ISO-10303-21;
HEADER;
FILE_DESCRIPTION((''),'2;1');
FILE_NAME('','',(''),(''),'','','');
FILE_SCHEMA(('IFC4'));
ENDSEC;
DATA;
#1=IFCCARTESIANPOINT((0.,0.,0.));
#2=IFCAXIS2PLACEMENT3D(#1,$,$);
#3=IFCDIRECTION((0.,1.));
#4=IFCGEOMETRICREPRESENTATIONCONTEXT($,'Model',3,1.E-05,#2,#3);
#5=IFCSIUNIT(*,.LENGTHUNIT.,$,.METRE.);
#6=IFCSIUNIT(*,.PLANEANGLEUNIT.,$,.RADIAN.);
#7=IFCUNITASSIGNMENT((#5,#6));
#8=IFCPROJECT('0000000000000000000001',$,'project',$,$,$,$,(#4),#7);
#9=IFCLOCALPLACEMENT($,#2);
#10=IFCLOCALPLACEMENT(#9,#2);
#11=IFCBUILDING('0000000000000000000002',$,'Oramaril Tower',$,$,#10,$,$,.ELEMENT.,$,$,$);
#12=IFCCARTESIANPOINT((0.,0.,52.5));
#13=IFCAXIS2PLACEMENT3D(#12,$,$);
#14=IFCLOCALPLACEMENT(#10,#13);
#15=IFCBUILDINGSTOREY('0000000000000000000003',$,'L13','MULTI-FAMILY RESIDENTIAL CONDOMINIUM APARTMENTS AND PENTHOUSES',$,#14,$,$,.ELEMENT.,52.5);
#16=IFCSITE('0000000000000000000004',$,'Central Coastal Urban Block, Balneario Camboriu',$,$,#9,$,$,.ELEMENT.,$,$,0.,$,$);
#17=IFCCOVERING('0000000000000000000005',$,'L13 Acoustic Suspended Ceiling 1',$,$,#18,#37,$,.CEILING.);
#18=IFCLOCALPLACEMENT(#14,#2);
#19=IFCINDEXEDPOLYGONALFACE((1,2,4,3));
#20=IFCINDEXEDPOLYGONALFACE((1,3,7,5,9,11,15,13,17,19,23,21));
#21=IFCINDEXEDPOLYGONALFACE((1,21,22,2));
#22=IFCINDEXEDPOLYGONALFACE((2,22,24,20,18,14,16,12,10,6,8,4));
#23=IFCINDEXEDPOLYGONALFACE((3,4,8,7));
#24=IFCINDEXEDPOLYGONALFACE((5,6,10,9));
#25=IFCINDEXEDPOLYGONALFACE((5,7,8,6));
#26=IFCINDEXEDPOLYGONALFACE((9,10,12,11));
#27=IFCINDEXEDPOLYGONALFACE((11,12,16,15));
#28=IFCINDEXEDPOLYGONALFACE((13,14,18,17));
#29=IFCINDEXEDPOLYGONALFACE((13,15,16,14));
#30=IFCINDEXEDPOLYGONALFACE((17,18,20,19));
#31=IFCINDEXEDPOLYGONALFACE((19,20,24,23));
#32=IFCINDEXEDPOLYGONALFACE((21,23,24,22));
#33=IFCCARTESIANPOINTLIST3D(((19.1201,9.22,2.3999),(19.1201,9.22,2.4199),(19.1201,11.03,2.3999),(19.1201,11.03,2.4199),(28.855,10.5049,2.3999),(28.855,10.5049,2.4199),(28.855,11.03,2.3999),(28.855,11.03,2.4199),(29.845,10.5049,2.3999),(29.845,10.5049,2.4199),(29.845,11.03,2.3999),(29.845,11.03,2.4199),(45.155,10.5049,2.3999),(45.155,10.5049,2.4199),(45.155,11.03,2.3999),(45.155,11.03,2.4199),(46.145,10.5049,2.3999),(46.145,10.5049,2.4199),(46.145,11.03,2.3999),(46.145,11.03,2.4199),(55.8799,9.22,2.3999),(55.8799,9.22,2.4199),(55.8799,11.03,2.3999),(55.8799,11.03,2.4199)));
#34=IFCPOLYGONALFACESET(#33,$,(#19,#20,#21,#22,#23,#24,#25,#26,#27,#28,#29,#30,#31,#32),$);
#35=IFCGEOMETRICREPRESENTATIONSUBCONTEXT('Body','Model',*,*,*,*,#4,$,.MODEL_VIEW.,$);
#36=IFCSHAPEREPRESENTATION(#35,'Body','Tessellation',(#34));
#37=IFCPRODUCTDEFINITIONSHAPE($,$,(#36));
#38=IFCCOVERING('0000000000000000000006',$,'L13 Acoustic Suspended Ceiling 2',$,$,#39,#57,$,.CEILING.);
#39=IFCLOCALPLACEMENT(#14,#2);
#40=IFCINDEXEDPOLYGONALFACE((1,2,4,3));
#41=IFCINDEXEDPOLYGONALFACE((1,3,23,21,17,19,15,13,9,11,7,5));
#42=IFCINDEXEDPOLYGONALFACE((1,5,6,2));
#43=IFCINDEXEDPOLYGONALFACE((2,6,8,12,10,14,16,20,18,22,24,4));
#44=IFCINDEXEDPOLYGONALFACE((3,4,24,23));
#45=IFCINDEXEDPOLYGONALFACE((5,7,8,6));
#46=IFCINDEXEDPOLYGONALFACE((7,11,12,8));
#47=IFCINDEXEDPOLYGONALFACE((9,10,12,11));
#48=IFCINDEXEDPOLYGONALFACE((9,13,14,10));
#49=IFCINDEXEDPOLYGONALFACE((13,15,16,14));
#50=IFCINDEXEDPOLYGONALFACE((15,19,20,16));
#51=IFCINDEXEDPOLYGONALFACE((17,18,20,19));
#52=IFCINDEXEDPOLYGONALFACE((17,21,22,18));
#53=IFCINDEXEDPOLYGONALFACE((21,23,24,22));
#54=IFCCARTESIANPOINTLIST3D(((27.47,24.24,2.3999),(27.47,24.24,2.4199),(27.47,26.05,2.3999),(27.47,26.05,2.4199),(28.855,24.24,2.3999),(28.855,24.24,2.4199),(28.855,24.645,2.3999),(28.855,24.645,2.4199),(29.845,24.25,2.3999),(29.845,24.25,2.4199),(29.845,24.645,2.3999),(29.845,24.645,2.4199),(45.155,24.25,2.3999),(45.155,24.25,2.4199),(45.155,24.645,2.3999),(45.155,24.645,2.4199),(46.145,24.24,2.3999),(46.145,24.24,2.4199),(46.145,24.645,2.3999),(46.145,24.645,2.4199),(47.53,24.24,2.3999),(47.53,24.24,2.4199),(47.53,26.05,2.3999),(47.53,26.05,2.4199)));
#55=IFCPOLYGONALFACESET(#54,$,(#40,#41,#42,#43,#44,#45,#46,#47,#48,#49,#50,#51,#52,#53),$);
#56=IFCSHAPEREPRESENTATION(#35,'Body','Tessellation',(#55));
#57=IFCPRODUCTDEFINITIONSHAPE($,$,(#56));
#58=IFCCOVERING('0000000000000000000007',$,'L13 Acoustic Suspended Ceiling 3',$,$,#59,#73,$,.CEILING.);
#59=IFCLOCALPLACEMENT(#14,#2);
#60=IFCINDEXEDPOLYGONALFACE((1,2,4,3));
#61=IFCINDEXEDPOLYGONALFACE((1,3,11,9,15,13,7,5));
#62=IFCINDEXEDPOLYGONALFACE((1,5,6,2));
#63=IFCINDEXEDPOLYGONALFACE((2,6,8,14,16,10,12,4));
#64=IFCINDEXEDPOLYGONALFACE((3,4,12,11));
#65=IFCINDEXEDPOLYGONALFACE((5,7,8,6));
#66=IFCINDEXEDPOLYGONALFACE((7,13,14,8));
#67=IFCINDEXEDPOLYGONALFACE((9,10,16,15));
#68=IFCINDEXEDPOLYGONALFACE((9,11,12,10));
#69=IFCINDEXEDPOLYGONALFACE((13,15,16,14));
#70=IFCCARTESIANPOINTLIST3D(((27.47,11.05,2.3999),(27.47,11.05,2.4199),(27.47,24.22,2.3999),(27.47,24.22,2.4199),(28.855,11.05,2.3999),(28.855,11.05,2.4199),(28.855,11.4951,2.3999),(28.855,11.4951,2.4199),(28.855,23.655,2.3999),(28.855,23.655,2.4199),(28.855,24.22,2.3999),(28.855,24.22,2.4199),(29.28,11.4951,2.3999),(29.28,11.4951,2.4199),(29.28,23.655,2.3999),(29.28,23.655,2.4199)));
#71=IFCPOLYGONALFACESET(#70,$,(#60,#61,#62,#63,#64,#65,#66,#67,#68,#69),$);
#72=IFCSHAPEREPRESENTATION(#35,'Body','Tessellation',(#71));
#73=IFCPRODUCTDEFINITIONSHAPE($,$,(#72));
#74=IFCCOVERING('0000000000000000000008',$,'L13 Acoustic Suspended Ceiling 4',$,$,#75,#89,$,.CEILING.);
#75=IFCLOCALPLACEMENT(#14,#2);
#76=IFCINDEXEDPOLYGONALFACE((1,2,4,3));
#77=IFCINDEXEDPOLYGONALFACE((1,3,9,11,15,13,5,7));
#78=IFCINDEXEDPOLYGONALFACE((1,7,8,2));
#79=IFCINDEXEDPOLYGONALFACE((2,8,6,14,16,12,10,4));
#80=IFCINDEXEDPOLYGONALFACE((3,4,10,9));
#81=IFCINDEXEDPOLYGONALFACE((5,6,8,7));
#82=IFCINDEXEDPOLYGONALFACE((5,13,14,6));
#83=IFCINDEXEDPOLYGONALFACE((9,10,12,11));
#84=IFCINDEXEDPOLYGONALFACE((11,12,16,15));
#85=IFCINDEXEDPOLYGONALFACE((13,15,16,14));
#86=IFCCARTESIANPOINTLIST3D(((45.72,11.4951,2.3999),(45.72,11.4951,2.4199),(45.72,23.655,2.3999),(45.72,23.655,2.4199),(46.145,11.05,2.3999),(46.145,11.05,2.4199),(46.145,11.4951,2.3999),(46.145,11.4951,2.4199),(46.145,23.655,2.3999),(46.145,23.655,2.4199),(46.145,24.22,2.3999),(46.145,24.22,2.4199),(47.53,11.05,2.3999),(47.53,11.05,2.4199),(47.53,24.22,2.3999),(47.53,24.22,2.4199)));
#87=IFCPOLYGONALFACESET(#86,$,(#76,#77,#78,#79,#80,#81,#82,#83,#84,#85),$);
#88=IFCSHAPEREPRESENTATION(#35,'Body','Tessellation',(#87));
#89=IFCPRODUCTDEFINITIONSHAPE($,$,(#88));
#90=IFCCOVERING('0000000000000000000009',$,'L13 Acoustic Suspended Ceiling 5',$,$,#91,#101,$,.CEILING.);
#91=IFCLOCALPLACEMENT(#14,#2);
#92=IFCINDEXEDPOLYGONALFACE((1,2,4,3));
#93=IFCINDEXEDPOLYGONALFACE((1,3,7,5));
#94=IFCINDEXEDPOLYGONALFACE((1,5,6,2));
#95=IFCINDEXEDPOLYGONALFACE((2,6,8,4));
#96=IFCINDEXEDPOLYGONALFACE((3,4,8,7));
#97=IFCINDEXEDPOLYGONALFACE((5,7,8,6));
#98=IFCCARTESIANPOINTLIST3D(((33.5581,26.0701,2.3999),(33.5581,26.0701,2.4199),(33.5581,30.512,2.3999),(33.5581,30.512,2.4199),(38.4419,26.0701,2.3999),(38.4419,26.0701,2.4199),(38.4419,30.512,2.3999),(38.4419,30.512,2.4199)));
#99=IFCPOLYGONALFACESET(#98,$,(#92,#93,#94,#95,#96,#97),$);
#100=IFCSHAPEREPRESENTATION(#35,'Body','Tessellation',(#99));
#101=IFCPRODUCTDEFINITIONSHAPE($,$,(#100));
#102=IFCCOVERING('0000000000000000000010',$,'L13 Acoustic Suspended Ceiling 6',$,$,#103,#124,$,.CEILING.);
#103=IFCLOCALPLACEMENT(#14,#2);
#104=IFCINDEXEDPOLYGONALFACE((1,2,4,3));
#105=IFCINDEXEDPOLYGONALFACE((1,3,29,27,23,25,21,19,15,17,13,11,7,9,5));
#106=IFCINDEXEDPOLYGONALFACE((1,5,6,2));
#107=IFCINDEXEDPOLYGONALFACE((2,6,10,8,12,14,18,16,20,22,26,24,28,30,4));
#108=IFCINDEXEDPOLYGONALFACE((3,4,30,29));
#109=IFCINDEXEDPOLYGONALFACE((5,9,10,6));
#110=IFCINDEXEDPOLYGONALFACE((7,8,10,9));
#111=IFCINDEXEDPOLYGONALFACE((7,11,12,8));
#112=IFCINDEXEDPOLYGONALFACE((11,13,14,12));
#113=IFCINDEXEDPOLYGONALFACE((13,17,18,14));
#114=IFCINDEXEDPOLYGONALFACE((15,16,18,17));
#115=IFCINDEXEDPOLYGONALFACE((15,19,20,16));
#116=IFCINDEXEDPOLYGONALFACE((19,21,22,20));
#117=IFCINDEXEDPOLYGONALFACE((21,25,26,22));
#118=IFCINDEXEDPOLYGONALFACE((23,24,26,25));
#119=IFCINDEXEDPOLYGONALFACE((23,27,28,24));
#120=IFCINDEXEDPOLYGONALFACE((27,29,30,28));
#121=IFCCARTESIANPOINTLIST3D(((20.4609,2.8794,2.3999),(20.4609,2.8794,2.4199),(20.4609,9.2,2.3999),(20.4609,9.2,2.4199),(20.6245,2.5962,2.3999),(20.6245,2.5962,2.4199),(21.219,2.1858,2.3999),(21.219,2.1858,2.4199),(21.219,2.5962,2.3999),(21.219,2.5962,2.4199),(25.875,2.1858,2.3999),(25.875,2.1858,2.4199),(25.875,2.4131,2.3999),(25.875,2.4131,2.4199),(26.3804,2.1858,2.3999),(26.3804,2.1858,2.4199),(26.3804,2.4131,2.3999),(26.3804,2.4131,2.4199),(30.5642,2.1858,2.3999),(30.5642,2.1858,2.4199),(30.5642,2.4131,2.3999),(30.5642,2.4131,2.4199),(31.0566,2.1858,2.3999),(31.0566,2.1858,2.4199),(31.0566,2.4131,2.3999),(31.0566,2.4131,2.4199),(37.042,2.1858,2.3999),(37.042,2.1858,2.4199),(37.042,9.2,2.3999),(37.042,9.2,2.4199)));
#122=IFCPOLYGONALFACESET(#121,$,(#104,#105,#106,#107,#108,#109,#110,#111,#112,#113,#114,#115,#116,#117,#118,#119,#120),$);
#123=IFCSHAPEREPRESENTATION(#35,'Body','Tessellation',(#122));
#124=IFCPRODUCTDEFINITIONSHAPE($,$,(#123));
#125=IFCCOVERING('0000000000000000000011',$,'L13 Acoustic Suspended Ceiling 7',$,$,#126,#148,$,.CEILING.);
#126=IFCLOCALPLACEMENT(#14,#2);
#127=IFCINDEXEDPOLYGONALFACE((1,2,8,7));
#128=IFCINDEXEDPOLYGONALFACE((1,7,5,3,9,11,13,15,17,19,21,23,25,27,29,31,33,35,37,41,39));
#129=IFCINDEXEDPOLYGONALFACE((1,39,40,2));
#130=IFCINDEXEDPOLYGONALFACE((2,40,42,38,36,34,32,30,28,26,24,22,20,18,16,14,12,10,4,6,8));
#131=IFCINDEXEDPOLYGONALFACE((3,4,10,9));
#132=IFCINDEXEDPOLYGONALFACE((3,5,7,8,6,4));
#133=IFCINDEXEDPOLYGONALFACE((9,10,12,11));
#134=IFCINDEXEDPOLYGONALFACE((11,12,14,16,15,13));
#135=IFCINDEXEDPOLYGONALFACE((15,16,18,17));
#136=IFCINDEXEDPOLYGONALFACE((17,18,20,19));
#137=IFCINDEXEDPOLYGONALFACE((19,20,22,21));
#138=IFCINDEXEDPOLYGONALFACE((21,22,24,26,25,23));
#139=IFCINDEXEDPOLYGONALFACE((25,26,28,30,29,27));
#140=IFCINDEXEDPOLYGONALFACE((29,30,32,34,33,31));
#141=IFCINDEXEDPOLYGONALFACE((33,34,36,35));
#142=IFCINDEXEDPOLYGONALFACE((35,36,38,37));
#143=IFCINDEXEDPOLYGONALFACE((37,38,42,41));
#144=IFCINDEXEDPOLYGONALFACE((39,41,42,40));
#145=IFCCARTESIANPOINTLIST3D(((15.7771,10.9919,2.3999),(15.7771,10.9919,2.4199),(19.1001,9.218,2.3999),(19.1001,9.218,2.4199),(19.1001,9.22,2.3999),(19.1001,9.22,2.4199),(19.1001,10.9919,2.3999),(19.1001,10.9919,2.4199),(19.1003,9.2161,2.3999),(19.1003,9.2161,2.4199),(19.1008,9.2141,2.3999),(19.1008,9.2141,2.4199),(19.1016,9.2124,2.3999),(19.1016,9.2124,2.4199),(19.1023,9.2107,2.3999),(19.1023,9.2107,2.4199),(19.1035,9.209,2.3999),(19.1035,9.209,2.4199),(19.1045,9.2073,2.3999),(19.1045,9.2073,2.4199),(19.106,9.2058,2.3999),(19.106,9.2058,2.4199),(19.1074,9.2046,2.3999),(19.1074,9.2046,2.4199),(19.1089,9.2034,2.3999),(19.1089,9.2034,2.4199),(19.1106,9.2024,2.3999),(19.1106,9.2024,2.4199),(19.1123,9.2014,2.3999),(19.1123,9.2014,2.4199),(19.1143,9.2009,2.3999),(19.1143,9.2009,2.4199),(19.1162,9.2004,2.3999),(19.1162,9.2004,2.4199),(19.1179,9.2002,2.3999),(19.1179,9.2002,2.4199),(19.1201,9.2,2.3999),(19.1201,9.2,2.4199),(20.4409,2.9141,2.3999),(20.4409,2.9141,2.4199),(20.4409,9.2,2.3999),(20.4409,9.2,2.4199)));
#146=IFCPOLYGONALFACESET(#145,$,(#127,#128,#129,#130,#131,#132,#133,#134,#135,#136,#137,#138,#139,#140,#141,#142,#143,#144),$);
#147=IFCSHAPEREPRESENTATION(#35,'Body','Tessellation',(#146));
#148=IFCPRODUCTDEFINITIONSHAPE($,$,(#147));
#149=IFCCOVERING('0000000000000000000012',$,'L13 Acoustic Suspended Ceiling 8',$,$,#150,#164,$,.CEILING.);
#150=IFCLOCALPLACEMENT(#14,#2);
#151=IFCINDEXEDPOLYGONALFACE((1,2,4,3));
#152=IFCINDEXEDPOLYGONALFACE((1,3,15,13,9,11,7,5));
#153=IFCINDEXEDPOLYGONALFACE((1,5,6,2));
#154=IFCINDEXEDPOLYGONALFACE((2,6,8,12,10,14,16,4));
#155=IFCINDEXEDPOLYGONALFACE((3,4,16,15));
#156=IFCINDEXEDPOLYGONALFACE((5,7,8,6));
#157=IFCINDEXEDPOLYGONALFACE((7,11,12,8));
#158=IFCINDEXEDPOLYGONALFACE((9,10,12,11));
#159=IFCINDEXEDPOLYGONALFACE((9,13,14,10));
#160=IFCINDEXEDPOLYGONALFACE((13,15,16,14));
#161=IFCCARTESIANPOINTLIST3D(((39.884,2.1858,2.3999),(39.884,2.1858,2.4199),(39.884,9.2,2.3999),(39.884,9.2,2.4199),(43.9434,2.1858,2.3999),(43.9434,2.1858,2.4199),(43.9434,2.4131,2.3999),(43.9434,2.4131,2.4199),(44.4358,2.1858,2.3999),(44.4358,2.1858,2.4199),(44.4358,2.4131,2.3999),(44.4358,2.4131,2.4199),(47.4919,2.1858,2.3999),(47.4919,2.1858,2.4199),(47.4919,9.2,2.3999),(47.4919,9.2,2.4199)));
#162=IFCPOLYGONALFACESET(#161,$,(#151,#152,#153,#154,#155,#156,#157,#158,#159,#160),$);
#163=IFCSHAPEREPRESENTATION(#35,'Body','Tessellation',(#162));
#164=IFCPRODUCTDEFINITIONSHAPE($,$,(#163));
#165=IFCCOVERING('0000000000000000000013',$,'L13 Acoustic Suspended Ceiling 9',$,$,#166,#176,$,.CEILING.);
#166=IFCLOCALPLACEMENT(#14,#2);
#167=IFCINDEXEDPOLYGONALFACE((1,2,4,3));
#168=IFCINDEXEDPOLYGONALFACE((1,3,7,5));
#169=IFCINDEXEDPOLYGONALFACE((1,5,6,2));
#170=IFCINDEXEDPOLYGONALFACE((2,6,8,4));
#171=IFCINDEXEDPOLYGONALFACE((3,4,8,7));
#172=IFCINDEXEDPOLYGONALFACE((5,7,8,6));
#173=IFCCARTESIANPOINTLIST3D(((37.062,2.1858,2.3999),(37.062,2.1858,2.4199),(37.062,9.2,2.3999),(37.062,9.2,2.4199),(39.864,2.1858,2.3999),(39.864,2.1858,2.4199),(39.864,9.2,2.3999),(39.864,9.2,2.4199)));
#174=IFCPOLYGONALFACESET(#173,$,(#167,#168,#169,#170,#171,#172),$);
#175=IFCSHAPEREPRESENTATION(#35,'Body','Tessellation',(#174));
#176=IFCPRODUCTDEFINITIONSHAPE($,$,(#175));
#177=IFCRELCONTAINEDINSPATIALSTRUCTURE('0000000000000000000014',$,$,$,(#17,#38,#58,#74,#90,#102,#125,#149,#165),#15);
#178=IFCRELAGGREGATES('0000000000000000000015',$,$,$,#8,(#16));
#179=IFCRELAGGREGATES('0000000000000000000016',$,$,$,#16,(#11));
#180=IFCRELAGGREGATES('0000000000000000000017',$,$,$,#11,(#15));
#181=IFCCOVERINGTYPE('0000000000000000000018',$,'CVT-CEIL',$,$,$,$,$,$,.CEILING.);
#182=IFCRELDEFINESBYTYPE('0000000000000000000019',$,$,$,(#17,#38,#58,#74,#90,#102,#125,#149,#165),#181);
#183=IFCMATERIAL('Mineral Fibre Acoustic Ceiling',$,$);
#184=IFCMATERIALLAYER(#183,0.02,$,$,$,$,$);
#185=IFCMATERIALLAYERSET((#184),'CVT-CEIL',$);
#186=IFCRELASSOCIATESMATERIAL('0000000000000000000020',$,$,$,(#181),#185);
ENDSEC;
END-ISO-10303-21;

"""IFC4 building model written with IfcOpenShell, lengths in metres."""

from ifc_helpers import new_model, si_unit, direction, frame, origin, place, context, subcontext, project, spatial, polyline, outline, extrude, material, layer, layer_set, type_object, element, save


model = new_model("IFC4")

# Units and contexts
model_context = context("Model", 3, precision=1e-05, world=origin(), true_north=direction((0.0, 1.0)))
body_context = subcontext(model_context, "Body", "Model", "MODEL_VIEW")
ifc_project = project(units=[si_unit("LENGTHUNIT", "METRE"), si_unit("PLANEANGLEUNIT", "RADIAN")], contexts=[model_context])

# Site, building, storey
site_placement = place(None, origin())
site = spatial("IfcSite", under=ifc_project, at=site_placement, Name="Central Coastal Urban Block, Balneario Camboriu", CompositionType="ELEMENT", RefElevation=0.0)
building_placement = place(site_placement, origin())
building = spatial("IfcBuilding", under=site, at=building_placement, Name="Oramaril Tower", CompositionType="ELEMENT")
storey_placement = place(building_placement, frame((0.0, 0.0, 52.5)))
storey = spatial("IfcBuildingStorey", under=building, at=storey_placement, Name="L13", Description="MULTI-FAMILY RESIDENTIAL CONDOMINIUM APARTMENTS AND PENTHOUSES", CompositionType="ELEMENT", Elevation=52.5)

# Coverings
ifc_material_1 = material(Name="Mineral Fibre Acoustic Ceiling")
ifc_layer_1 = layer(ifc_material_1, 0.02)
ifc_layer_set_1 = layer_set([ifc_layer_1], Name="CVT-CEIL")
covering_type_1 = type_object("IfcCoveringType", Name="CVT-CEIL", PredefinedType="CEILING", material=ifc_layer_set_1)
covering_1_placement = place(storey_placement, frame((0.0, 0.0, 2.3999)))
element("IfcCovering", 1, at=covering_1_placement, inside=storey, type_object=covering_type_1, Name="L13 Acoustic Suspended Ceiling 1", PredefinedType="CEILING", context=body_context, shape_type="SweptSolid", body=[
    extrude(outline(polyline([(28.855, 10.5049), (29.845, 10.5049), (29.845, 11.03), (45.155, 11.03), (45.155, 10.5049), (46.145, 10.5049), (46.145, 11.03), (55.8799, 11.03), (55.8799, 9.22), (19.1201, 9.22), (19.1201, 11.03), (28.855, 11.03), (28.855, 10.5049)])), origin(), (0.0, 0.0, 1.0), 0.02),
])
covering_2_placement = place(storey_placement, frame((0.0, 0.0, 2.3999)))
element("IfcCovering", 2, at=covering_2_placement, inside=storey, type_object=covering_type_1, Name="L13 Acoustic Suspended Ceiling 2", PredefinedType="CEILING", context=body_context, shape_type="SweptSolid", body=[
    extrude(outline(polyline([(47.53, 24.24), (46.145, 24.24), (46.145, 24.645), (45.155, 24.645), (45.155, 24.25), (29.845, 24.25), (29.845, 24.645), (28.855, 24.645), (28.855, 24.24), (27.47, 24.24), (27.47, 26.05), (47.53, 26.05), (47.53, 24.24)])), origin(), (0.0, 0.0, 1.0), 0.02),
])
covering_3_placement = place(storey_placement, frame((0.0, 0.0, 2.3999)))
element("IfcCovering", 3, at=covering_3_placement, inside=storey, type_object=covering_type_1, Name="L13 Acoustic Suspended Ceiling 3", PredefinedType="CEILING", context=body_context, shape_type="SweptSolid", body=[
    extrude(outline(polyline([(28.855, 23.655), (29.28, 23.655), (29.28, 11.4951), (28.855, 11.4951), (28.855, 11.05), (27.47, 11.05), (27.47, 24.22), (28.855, 24.22), (28.855, 23.655)])), origin(), (0.0, 0.0, 1.0), 0.02),
])
covering_4_placement = place(storey_placement, frame((0.0, 0.0, 2.3999)))
element("IfcCovering", 4, at=covering_4_placement, inside=storey, type_object=covering_type_1, Name="L13 Acoustic Suspended Ceiling 4", PredefinedType="CEILING", context=body_context, shape_type="SweptSolid", body=[
    extrude(outline(polyline([(47.53, 11.05), (46.145, 11.05), (46.145, 11.4951), (45.72, 11.4951), (45.72, 23.655), (46.145, 23.655), (46.145, 24.22), (47.53, 24.22), (47.53, 11.05)])), origin(), (0.0, 0.0, 1.0), 0.02),
])
covering_5_placement = place(storey_placement, frame((0.0, 0.0, 2.3999)))
element("IfcCovering", 5, at=covering_5_placement, inside=storey, type_object=covering_type_1, Name="L13 Acoustic Suspended Ceiling 5", PredefinedType="CEILING", context=body_context, shape_type="SweptSolid", body=[
    extrude(outline(polyline([(38.4419, 30.512), (38.4419, 26.0701), (33.5581, 26.0701), (33.5581, 30.512), (38.4419, 30.512)])), origin(), (0.0, 0.0, 1.0), 0.02),
])
covering_6_placement = place(storey_placement, frame((0.0, 0.0, 2.3999)))
element("IfcCovering", 6, at=covering_6_placement, inside=storey, type_object=covering_type_1, Name="L13 Acoustic Suspended Ceiling 6", PredefinedType="CEILING", context=body_context, shape_type="SweptSolid", body=[
    extrude(outline(polyline([(31.0566, 2.4131), (30.5642, 2.4131), (30.5642, 2.1858), (26.3804, 2.1858), (26.3804, 2.4131), (25.875, 2.4131), (25.875, 2.1858), (21.219, 2.1858), (21.219, 2.5962), (20.6245, 2.5962), (20.4609, 2.8794), (20.4609, 9.2), (37.042, 9.2), (37.042, 2.1858), (31.0566, 2.1858), (31.0566, 2.4131)])), origin(), (0.0, 0.0, 1.0), 0.02),
])
covering_7_placement = place(storey_placement, frame((0.0, 0.0, 2.3999)))
element("IfcCovering", 7, at=covering_7_placement, inside=storey, type_object=covering_type_1, Name="L13 Acoustic Suspended Ceiling 7", PredefinedType="CEILING", context=body_context, shape_type="SweptSolid", body=[
    extrude(outline(polyline([(15.7771, 10.9919), (19.1001, 10.9919), (19.1001, 9.22), (19.1001, 9.218), (19.1003, 9.2161), (19.1008, 9.2141), (19.1016, 9.2124), (19.1023, 9.2107), (19.1035, 9.209), (19.1045, 9.2073), (19.106, 9.2058), (19.1074, 9.2046), (19.1089, 9.2034), (19.1106, 9.2024), (19.1123, 9.2014), (19.1143, 9.2009), (19.1162, 9.2004), (19.1179, 9.2002), (19.1201, 9.2), (20.4409, 9.2), (20.4409, 2.9141), (15.7771, 10.9919)])), origin(), (0.0, 0.0, 1.0), 0.02),
])
covering_8_placement = place(storey_placement, frame((0.0, 0.0, 2.3999)))
element("IfcCovering", 8, at=covering_8_placement, inside=storey, type_object=covering_type_1, Name="L13 Acoustic Suspended Ceiling 8", PredefinedType="CEILING", context=body_context, shape_type="SweptSolid", body=[
    extrude(outline(polyline([(44.4358, 2.4131), (43.9434, 2.4131), (43.9434, 2.1858), (39.884, 2.1858), (39.884, 9.2), (47.4919, 9.2), (47.4919, 2.1858), (44.4358, 2.1858), (44.4358, 2.4131)])), origin(), (0.0, 0.0, 1.0), 0.02),
])
covering_9_placement = place(storey_placement, frame((0.0, 0.0, 2.3999)))
element("IfcCovering", 9, at=covering_9_placement, inside=storey, type_object=covering_type_1, Name="L13 Acoustic Suspended Ceiling 9", PredefinedType="CEILING", context=body_context, shape_type="SweptSolid", body=[
    extrude(outline(polyline([(37.062, 2.1858), (37.062, 9.2), (39.864, 9.2), (39.864, 2.1858), (37.062, 2.1858)])), origin(), (0.0, 0.0, 1.0), 0.02),
])

save(model, "model.ifc")
